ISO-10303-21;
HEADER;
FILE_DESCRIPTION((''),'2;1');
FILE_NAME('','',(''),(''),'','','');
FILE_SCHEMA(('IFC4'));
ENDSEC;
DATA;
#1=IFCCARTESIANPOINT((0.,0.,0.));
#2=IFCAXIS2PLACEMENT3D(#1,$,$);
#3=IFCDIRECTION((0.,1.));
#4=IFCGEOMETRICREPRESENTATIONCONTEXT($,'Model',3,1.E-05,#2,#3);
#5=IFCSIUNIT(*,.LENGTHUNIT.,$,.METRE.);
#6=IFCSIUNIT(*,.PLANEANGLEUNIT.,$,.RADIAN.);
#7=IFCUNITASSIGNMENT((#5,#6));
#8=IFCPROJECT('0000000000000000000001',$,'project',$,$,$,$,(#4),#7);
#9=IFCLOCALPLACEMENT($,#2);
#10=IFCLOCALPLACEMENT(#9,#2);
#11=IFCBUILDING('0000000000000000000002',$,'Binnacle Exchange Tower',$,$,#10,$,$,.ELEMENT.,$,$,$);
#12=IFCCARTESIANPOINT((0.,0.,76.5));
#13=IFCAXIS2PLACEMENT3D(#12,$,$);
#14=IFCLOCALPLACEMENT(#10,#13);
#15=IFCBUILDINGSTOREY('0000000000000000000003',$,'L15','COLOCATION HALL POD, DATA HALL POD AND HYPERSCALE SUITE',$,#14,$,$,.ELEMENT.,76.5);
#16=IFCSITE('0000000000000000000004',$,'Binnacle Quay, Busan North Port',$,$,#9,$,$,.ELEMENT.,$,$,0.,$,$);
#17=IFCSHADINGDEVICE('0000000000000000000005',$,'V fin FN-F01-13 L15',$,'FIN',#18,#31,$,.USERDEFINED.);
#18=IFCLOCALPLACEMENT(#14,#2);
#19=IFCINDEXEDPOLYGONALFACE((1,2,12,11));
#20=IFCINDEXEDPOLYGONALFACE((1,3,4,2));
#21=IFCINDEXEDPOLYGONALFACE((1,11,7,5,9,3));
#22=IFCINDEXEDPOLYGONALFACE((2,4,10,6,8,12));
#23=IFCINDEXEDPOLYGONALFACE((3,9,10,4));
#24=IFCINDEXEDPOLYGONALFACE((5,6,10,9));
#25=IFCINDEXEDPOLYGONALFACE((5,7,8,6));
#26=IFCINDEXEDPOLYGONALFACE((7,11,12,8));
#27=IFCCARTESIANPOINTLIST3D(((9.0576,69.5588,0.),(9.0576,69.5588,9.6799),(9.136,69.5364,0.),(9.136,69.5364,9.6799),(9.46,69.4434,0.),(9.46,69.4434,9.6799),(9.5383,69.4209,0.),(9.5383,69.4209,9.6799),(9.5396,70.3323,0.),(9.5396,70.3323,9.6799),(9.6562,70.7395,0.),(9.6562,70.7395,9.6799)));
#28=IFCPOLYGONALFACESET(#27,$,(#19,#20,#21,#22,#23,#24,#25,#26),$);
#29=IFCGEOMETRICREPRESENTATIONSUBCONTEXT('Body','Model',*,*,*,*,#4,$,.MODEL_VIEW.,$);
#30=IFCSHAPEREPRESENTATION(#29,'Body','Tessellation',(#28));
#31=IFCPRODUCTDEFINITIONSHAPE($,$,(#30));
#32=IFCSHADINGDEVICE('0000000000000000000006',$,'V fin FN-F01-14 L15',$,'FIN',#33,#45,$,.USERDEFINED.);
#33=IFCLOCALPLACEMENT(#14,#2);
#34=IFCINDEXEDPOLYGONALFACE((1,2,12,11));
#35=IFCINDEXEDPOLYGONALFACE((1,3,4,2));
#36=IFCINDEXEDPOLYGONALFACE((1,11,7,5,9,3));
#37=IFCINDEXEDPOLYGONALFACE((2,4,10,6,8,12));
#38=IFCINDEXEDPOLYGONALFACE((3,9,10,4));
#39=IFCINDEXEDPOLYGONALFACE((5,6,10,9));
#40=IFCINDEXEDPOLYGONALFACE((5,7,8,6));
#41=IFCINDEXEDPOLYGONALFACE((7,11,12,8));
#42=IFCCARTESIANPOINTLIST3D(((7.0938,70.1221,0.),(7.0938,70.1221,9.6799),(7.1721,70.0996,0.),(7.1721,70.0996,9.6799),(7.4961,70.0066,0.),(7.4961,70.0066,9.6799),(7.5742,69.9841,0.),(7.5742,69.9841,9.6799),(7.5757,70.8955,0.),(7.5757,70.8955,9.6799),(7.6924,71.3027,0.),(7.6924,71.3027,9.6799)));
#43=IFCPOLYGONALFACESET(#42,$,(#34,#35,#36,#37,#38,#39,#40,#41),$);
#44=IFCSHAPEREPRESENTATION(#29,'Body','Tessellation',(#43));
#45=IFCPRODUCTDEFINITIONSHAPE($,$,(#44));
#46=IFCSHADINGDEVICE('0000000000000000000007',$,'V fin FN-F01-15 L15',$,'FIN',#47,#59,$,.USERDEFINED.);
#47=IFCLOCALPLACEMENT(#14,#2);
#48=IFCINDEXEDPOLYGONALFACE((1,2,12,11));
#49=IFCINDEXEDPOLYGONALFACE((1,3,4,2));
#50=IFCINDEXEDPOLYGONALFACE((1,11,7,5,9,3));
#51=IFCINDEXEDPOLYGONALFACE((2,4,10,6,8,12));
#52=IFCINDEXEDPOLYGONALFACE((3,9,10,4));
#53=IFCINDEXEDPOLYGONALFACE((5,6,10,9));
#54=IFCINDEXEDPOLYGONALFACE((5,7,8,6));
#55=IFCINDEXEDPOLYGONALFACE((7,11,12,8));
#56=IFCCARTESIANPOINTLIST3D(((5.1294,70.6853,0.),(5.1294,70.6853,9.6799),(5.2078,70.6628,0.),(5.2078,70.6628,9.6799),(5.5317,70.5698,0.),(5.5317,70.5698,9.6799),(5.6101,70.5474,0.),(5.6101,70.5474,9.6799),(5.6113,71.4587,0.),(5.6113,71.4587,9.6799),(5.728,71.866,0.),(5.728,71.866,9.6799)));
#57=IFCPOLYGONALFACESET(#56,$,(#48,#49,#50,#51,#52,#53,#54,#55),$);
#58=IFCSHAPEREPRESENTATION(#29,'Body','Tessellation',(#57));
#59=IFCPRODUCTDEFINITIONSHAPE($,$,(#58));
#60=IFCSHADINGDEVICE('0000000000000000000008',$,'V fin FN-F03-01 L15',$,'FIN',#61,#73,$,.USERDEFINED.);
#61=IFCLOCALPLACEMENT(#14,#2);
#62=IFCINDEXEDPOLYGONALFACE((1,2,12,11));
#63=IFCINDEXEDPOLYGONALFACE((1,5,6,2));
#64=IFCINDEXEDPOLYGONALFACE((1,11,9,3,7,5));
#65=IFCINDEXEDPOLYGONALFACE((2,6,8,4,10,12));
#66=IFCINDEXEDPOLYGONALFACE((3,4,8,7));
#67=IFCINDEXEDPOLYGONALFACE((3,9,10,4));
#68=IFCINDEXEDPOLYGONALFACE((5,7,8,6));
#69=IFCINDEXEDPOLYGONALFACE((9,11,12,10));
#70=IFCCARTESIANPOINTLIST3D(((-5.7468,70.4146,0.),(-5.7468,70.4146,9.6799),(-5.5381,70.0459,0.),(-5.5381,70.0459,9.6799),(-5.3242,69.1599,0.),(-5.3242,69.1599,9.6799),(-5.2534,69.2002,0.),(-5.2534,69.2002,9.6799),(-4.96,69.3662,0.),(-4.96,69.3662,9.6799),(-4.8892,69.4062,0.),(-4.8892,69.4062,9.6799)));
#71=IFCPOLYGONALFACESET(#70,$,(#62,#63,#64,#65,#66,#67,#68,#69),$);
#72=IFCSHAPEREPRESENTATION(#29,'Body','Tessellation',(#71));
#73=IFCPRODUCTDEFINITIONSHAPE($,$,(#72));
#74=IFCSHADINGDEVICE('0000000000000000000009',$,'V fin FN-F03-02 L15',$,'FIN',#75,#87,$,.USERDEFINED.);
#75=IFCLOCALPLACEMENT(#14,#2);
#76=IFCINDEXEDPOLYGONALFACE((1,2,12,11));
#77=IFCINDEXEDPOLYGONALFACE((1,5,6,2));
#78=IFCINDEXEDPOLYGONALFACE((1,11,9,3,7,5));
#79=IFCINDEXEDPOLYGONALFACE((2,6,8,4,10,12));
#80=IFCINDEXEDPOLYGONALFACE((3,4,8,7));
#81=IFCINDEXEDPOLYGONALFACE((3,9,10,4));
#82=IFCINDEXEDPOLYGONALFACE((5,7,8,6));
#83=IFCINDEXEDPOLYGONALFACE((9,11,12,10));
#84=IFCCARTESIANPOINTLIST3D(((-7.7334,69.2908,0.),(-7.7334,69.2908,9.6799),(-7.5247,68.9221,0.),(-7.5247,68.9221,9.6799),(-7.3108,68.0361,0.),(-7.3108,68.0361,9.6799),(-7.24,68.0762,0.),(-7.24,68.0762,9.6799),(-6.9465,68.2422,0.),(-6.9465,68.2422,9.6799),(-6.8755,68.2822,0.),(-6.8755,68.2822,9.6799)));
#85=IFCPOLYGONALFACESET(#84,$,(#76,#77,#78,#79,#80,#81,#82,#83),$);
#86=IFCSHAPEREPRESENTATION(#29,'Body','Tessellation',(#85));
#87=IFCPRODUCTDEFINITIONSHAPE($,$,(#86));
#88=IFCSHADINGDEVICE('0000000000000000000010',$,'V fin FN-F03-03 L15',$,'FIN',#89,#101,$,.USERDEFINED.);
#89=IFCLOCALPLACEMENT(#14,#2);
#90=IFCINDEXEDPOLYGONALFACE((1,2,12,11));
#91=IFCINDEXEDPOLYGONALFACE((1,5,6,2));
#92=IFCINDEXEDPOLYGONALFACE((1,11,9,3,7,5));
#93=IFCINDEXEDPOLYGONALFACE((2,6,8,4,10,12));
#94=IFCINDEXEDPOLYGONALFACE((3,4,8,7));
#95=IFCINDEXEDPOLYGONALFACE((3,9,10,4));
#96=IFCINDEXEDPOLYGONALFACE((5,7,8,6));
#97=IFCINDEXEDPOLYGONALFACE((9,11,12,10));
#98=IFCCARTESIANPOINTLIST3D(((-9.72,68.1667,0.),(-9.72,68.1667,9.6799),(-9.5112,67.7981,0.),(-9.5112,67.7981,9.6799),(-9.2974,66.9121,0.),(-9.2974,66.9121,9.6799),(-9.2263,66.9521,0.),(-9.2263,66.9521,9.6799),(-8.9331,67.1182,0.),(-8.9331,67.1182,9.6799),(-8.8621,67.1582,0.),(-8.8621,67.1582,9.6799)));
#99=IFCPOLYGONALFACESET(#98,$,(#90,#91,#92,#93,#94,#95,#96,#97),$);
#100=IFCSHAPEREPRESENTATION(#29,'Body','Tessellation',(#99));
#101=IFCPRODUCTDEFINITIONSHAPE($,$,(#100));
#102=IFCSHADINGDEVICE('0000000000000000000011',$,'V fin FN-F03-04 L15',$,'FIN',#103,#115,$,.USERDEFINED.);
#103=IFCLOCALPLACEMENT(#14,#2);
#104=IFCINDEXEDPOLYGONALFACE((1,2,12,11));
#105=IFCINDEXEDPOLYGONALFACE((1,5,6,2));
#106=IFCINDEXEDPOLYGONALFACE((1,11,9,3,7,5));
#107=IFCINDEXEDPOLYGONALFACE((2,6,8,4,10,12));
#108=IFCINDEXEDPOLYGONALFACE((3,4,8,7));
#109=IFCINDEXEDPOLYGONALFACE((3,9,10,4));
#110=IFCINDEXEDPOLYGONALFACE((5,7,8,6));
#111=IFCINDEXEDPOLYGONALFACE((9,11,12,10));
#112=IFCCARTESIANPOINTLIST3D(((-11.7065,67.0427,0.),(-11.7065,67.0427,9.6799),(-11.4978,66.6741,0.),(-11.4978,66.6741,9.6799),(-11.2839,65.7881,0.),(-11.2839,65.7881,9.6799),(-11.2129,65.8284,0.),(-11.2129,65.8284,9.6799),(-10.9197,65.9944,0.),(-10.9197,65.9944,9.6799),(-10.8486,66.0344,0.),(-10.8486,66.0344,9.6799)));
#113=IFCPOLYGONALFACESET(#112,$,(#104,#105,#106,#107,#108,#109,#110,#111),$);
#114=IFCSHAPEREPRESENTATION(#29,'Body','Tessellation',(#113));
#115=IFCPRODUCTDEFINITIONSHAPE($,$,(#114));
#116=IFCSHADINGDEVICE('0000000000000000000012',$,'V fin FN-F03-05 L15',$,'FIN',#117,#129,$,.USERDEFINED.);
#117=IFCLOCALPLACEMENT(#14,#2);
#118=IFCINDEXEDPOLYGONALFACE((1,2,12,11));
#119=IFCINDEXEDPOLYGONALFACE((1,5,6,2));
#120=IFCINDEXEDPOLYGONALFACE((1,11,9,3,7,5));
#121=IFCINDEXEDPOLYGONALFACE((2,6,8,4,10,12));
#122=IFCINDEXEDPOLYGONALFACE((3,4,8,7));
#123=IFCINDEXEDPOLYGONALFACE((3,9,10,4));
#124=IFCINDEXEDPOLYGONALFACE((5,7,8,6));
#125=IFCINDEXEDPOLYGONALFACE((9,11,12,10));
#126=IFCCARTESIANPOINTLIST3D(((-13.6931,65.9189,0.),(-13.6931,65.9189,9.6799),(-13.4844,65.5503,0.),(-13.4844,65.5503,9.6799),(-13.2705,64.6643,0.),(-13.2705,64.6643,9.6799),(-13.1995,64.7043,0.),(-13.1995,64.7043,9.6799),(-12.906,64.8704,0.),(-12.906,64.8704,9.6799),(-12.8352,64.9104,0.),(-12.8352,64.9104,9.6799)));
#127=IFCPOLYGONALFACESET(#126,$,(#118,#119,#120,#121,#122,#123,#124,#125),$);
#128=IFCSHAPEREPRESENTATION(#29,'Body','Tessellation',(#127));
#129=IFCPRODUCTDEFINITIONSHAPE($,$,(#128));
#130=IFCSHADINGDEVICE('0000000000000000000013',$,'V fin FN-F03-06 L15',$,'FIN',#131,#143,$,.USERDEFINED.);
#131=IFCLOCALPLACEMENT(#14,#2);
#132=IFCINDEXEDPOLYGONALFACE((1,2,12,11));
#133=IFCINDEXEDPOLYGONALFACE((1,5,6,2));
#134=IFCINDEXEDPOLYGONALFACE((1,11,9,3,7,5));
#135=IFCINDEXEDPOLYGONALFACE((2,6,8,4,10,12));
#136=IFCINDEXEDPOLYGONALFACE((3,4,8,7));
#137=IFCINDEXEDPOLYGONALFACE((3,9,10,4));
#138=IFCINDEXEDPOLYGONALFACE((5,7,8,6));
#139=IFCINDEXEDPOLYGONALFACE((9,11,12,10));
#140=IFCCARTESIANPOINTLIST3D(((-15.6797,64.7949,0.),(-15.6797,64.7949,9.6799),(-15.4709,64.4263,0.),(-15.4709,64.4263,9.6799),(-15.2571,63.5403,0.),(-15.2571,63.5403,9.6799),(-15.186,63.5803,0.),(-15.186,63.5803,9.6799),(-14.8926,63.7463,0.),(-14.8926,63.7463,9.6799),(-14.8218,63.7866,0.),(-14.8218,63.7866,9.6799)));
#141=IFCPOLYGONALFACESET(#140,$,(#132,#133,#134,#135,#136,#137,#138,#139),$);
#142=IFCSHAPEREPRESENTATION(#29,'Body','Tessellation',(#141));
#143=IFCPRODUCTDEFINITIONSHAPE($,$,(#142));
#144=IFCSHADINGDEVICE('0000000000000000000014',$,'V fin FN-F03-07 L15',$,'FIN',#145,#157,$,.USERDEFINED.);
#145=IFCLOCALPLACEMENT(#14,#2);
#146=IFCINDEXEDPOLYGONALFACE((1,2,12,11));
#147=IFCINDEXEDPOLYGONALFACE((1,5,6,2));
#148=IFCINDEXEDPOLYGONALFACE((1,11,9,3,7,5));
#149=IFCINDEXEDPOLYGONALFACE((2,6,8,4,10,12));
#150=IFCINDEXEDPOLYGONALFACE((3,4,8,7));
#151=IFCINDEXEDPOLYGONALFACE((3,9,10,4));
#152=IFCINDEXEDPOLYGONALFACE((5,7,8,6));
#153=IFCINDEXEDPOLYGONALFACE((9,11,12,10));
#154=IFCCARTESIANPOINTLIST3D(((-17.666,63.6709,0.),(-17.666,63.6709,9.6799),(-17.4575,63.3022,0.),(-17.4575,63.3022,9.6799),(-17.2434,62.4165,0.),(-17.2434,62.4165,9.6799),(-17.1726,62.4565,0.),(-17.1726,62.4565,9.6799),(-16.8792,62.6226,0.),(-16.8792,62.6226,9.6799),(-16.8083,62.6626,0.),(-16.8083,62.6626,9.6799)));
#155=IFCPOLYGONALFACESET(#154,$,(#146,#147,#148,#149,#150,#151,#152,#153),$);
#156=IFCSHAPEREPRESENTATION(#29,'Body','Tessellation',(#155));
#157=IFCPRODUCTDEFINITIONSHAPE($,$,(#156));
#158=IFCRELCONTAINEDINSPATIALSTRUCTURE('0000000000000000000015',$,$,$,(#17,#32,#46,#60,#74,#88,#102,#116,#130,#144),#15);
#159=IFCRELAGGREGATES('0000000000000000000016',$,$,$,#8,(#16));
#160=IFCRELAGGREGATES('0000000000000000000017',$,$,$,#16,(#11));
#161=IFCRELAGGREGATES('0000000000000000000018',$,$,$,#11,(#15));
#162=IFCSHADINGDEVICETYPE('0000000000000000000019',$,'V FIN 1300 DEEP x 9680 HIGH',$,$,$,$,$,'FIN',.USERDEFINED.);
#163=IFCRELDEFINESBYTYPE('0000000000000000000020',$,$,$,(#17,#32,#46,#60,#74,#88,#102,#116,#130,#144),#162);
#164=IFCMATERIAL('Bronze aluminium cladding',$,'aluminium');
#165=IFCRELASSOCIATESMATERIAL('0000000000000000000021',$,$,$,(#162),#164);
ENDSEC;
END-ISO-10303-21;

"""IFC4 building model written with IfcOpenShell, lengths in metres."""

from ifc_helpers import new_model, si_unit, direction, frame, origin, place, context, subcontext, project, spatial, polyline, outline, extrude, material, type_object, element, save


model = new_model("IFC4")

# Units and contexts
model_context = context("Model", 3, precision=1e-05, world=origin(), true_north=direction((0.0, 1.0)))
body_context = subcontext(model_context, "Body", "Model", "MODEL_VIEW")
ifc_project = project(units=[si_unit("LENGTHUNIT", "METRE"), si_unit("PLANEANGLEUNIT", "RADIAN")], contexts=[model_context])

# Site, building, storey
site_placement = place(None, origin())
site = spatial("IfcSite", under=ifc_project, at=site_placement, Name="Binnacle Quay, Busan North Port", CompositionType="ELEMENT", RefElevation=0.0)
building_placement = place(site_placement, origin())
building = spatial("IfcBuilding", under=site, at=building_placement, Name="Binnacle Exchange Tower", CompositionType="ELEMENT")
storey_placement = place(building_placement, frame((0.0, 0.0, 76.5)))
storey = spatial("IfcBuildingStorey", under=building, at=storey_placement, Name="L15", Description="COLOCATION HALL POD, DATA HALL POD AND HYPERSCALE SUITE", CompositionType="ELEMENT", Elevation=76.5)

# Shading devices
ifc_material = material(Name="Bronze aluminium cladding", Category="aluminium")
shading_device_type = type_object("IfcShadingDeviceType", Name="V FIN 1300 DEEP x 9680 HIGH", ElementType="FIN", PredefinedType="USERDEFINED", material=ifc_material)
shading_device_1_placement = place(storey_placement, origin())
element("IfcShadingDevice", 1, at=shading_device_1_placement, inside=storey, type_object=shading_device_type, Name="V fin FN-F01-13 L15", ObjectType="FIN", PredefinedType="USERDEFINED", context=body_context, shape_type="SweptSolid", body=[
    extrude(outline(polyline([(9.5383, 69.4209), (9.6562, 70.7395), (9.0576, 69.5588), (9.136, 69.5364), (9.5396, 70.3323), (9.46, 69.4434), (9.5383, 69.4209)])), origin(), (0.0, 0.0, 1.0), 9.6799),
])
shading_device_2_placement = place(storey_placement, origin())
element("IfcShadingDevice", 2, at=shading_device_2_placement, inside=storey, type_object=shading_device_type, Name="V fin FN-F01-14 L15", ObjectType="FIN", PredefinedType="USERDEFINED", context=body_context, shape_type="SweptSolid", body=[
    extrude(outline(polyline([(7.5742, 69.9841), (7.6924, 71.3027), (7.0938, 70.1221), (7.1721, 70.0996), (7.5757, 70.8955), (7.4961, 70.0066), (7.5742, 69.9841)])), origin(), (0.0, 0.0, 1.0), 9.6799),
])
shading_device_3_placement = place(storey_placement, origin())
element("IfcShadingDevice", 3, at=shading_device_3_placement, inside=storey, type_object=shading_device_type, Name="V fin FN-F01-15 L15", ObjectType="FIN", PredefinedType="USERDEFINED", context=body_context, shape_type="SweptSolid", body=[
    extrude(outline(polyline([(5.6101, 70.5474), (5.728, 71.866), (5.1294, 70.6853), (5.2078, 70.6628), (5.6113, 71.4587), (5.5317, 70.5698), (5.6101, 70.5474)])), origin(), (0.0, 0.0, 1.0), 9.6799),
])
shading_device_4_placement = place(storey_placement, origin())
element("IfcShadingDevice", 4, at=shading_device_4_placement, inside=storey, type_object=shading_device_type, Name="V fin FN-F03-01 L15", ObjectType="FIN", PredefinedType="USERDEFINED", context=body_context, shape_type="SweptSolid", body=[
    extrude(outline(polyline([(-4.8892, 69.4062), (-5.7468, 70.4146), (-5.3242, 69.1599), (-5.2534, 69.2002), (-5.5381, 70.0459), (-4.96, 69.3662), (-4.8892, 69.4062)])), origin(), (0.0, 0.0, 1.0), 9.6799),
])
shading_device_5_placement = place(storey_placement, origin())
element("IfcShadingDevice", 5, at=shading_device_5_placement, inside=storey, type_object=shading_device_type, Name="V fin FN-F03-02 L15", ObjectType="FIN", PredefinedType="USERDEFINED", context=body_context, shape_type="SweptSolid", body=[
    extrude(outline(polyline([(-6.8755, 68.2822), (-7.7334, 69.2908), (-7.3108, 68.0361), (-7.24, 68.0762), (-7.5247, 68.9221), (-6.9465, 68.2422), (-6.8755, 68.2822)])), origin(), (0.0, 0.0, 1.0), 9.6799),
])
shading_device_6_placement = place(storey_placement, origin())
element("IfcShadingDevice", 6, at=shading_device_6_placement, inside=storey, type_object=shading_device_type, Name="V fin FN-F03-03 L15", ObjectType="FIN", PredefinedType="USERDEFINED", context=body_context, shape_type="SweptSolid", body=[
    extrude(outline(polyline([(-8.8621, 67.1582), (-9.72, 68.1667), (-9.2974, 66.9121), (-9.2263, 66.9521), (-9.5112, 67.7981), (-8.9331, 67.1182), (-8.8621, 67.1582)])), origin(), (0.0, 0.0, 1.0), 9.6799),
])
shading_device_7_placement = place(storey_placement, origin())
element("IfcShadingDevice", 7, at=shading_device_7_placement, inside=storey, type_object=shading_device_type, Name="V fin FN-F03-04 L15", ObjectType="FIN", PredefinedType="USERDEFINED", context=body_context, shape_type="SweptSolid", body=[
    extrude(outline(polyline([(-10.8486, 66.0344), (-11.7065, 67.0427), (-11.2839, 65.7881), (-11.2129, 65.8284), (-11.4978, 66.6741), (-10.9197, 65.9944), (-10.8486, 66.0344)])), origin(), (0.0, 0.0, 1.0), 9.6799),
])
shading_device_8_placement = place(storey_placement, origin())
element("IfcShadingDevice", 8, at=shading_device_8_placement, inside=storey, type_object=shading_device_type, Name="V fin FN-F03-05 L15", ObjectType="FIN", PredefinedType="USERDEFINED", context=body_context, shape_type="SweptSolid", body=[
    extrude(outline(polyline([(-12.8352, 64.9104), (-13.6931, 65.9189), (-13.2705, 64.6643), (-13.1995, 64.7043), (-13.4844, 65.5503), (-12.906, 64.8704), (-12.8352, 64.9104)])), origin(), (0.0, 0.0, 1.0), 9.6799),
])
shading_device_9_placement = place(storey_placement, origin())
element("IfcShadingDevice", 9, at=shading_device_9_placement, inside=storey, type_object=shading_device_type, Name="V fin FN-F03-06 L15", ObjectType="FIN", PredefinedType="USERDEFINED", context=body_context, shape_type="SweptSolid", body=[
    extrude(outline(polyline([(-14.8218, 63.7866), (-15.6797, 64.7949), (-15.2571, 63.5403), (-15.186, 63.5803), (-15.4709, 64.4263), (-14.8926, 63.7463), (-14.8218, 63.7866)])), origin(), (0.0, 0.0, 1.0), 9.6799),
])
shading_device_10_placement = place(storey_placement, origin())
element("IfcShadingDevice", 10, at=shading_device_10_placement, inside=storey, type_object=shading_device_type, Name="V fin FN-F03-07 L15", ObjectType="FIN", PredefinedType="USERDEFINED", context=body_context, shape_type="SweptSolid", body=[
    extrude(outline(polyline([(-16.8083, 62.6626), (-17.666, 63.6709), (-17.2434, 62.4165), (-17.1726, 62.4565), (-17.4575, 63.3022), (-16.8792, 62.6226), (-16.8083, 62.6626)])), origin(), (0.0, 0.0, 1.0), 9.6799),
])

save(model, "model.ifc")
